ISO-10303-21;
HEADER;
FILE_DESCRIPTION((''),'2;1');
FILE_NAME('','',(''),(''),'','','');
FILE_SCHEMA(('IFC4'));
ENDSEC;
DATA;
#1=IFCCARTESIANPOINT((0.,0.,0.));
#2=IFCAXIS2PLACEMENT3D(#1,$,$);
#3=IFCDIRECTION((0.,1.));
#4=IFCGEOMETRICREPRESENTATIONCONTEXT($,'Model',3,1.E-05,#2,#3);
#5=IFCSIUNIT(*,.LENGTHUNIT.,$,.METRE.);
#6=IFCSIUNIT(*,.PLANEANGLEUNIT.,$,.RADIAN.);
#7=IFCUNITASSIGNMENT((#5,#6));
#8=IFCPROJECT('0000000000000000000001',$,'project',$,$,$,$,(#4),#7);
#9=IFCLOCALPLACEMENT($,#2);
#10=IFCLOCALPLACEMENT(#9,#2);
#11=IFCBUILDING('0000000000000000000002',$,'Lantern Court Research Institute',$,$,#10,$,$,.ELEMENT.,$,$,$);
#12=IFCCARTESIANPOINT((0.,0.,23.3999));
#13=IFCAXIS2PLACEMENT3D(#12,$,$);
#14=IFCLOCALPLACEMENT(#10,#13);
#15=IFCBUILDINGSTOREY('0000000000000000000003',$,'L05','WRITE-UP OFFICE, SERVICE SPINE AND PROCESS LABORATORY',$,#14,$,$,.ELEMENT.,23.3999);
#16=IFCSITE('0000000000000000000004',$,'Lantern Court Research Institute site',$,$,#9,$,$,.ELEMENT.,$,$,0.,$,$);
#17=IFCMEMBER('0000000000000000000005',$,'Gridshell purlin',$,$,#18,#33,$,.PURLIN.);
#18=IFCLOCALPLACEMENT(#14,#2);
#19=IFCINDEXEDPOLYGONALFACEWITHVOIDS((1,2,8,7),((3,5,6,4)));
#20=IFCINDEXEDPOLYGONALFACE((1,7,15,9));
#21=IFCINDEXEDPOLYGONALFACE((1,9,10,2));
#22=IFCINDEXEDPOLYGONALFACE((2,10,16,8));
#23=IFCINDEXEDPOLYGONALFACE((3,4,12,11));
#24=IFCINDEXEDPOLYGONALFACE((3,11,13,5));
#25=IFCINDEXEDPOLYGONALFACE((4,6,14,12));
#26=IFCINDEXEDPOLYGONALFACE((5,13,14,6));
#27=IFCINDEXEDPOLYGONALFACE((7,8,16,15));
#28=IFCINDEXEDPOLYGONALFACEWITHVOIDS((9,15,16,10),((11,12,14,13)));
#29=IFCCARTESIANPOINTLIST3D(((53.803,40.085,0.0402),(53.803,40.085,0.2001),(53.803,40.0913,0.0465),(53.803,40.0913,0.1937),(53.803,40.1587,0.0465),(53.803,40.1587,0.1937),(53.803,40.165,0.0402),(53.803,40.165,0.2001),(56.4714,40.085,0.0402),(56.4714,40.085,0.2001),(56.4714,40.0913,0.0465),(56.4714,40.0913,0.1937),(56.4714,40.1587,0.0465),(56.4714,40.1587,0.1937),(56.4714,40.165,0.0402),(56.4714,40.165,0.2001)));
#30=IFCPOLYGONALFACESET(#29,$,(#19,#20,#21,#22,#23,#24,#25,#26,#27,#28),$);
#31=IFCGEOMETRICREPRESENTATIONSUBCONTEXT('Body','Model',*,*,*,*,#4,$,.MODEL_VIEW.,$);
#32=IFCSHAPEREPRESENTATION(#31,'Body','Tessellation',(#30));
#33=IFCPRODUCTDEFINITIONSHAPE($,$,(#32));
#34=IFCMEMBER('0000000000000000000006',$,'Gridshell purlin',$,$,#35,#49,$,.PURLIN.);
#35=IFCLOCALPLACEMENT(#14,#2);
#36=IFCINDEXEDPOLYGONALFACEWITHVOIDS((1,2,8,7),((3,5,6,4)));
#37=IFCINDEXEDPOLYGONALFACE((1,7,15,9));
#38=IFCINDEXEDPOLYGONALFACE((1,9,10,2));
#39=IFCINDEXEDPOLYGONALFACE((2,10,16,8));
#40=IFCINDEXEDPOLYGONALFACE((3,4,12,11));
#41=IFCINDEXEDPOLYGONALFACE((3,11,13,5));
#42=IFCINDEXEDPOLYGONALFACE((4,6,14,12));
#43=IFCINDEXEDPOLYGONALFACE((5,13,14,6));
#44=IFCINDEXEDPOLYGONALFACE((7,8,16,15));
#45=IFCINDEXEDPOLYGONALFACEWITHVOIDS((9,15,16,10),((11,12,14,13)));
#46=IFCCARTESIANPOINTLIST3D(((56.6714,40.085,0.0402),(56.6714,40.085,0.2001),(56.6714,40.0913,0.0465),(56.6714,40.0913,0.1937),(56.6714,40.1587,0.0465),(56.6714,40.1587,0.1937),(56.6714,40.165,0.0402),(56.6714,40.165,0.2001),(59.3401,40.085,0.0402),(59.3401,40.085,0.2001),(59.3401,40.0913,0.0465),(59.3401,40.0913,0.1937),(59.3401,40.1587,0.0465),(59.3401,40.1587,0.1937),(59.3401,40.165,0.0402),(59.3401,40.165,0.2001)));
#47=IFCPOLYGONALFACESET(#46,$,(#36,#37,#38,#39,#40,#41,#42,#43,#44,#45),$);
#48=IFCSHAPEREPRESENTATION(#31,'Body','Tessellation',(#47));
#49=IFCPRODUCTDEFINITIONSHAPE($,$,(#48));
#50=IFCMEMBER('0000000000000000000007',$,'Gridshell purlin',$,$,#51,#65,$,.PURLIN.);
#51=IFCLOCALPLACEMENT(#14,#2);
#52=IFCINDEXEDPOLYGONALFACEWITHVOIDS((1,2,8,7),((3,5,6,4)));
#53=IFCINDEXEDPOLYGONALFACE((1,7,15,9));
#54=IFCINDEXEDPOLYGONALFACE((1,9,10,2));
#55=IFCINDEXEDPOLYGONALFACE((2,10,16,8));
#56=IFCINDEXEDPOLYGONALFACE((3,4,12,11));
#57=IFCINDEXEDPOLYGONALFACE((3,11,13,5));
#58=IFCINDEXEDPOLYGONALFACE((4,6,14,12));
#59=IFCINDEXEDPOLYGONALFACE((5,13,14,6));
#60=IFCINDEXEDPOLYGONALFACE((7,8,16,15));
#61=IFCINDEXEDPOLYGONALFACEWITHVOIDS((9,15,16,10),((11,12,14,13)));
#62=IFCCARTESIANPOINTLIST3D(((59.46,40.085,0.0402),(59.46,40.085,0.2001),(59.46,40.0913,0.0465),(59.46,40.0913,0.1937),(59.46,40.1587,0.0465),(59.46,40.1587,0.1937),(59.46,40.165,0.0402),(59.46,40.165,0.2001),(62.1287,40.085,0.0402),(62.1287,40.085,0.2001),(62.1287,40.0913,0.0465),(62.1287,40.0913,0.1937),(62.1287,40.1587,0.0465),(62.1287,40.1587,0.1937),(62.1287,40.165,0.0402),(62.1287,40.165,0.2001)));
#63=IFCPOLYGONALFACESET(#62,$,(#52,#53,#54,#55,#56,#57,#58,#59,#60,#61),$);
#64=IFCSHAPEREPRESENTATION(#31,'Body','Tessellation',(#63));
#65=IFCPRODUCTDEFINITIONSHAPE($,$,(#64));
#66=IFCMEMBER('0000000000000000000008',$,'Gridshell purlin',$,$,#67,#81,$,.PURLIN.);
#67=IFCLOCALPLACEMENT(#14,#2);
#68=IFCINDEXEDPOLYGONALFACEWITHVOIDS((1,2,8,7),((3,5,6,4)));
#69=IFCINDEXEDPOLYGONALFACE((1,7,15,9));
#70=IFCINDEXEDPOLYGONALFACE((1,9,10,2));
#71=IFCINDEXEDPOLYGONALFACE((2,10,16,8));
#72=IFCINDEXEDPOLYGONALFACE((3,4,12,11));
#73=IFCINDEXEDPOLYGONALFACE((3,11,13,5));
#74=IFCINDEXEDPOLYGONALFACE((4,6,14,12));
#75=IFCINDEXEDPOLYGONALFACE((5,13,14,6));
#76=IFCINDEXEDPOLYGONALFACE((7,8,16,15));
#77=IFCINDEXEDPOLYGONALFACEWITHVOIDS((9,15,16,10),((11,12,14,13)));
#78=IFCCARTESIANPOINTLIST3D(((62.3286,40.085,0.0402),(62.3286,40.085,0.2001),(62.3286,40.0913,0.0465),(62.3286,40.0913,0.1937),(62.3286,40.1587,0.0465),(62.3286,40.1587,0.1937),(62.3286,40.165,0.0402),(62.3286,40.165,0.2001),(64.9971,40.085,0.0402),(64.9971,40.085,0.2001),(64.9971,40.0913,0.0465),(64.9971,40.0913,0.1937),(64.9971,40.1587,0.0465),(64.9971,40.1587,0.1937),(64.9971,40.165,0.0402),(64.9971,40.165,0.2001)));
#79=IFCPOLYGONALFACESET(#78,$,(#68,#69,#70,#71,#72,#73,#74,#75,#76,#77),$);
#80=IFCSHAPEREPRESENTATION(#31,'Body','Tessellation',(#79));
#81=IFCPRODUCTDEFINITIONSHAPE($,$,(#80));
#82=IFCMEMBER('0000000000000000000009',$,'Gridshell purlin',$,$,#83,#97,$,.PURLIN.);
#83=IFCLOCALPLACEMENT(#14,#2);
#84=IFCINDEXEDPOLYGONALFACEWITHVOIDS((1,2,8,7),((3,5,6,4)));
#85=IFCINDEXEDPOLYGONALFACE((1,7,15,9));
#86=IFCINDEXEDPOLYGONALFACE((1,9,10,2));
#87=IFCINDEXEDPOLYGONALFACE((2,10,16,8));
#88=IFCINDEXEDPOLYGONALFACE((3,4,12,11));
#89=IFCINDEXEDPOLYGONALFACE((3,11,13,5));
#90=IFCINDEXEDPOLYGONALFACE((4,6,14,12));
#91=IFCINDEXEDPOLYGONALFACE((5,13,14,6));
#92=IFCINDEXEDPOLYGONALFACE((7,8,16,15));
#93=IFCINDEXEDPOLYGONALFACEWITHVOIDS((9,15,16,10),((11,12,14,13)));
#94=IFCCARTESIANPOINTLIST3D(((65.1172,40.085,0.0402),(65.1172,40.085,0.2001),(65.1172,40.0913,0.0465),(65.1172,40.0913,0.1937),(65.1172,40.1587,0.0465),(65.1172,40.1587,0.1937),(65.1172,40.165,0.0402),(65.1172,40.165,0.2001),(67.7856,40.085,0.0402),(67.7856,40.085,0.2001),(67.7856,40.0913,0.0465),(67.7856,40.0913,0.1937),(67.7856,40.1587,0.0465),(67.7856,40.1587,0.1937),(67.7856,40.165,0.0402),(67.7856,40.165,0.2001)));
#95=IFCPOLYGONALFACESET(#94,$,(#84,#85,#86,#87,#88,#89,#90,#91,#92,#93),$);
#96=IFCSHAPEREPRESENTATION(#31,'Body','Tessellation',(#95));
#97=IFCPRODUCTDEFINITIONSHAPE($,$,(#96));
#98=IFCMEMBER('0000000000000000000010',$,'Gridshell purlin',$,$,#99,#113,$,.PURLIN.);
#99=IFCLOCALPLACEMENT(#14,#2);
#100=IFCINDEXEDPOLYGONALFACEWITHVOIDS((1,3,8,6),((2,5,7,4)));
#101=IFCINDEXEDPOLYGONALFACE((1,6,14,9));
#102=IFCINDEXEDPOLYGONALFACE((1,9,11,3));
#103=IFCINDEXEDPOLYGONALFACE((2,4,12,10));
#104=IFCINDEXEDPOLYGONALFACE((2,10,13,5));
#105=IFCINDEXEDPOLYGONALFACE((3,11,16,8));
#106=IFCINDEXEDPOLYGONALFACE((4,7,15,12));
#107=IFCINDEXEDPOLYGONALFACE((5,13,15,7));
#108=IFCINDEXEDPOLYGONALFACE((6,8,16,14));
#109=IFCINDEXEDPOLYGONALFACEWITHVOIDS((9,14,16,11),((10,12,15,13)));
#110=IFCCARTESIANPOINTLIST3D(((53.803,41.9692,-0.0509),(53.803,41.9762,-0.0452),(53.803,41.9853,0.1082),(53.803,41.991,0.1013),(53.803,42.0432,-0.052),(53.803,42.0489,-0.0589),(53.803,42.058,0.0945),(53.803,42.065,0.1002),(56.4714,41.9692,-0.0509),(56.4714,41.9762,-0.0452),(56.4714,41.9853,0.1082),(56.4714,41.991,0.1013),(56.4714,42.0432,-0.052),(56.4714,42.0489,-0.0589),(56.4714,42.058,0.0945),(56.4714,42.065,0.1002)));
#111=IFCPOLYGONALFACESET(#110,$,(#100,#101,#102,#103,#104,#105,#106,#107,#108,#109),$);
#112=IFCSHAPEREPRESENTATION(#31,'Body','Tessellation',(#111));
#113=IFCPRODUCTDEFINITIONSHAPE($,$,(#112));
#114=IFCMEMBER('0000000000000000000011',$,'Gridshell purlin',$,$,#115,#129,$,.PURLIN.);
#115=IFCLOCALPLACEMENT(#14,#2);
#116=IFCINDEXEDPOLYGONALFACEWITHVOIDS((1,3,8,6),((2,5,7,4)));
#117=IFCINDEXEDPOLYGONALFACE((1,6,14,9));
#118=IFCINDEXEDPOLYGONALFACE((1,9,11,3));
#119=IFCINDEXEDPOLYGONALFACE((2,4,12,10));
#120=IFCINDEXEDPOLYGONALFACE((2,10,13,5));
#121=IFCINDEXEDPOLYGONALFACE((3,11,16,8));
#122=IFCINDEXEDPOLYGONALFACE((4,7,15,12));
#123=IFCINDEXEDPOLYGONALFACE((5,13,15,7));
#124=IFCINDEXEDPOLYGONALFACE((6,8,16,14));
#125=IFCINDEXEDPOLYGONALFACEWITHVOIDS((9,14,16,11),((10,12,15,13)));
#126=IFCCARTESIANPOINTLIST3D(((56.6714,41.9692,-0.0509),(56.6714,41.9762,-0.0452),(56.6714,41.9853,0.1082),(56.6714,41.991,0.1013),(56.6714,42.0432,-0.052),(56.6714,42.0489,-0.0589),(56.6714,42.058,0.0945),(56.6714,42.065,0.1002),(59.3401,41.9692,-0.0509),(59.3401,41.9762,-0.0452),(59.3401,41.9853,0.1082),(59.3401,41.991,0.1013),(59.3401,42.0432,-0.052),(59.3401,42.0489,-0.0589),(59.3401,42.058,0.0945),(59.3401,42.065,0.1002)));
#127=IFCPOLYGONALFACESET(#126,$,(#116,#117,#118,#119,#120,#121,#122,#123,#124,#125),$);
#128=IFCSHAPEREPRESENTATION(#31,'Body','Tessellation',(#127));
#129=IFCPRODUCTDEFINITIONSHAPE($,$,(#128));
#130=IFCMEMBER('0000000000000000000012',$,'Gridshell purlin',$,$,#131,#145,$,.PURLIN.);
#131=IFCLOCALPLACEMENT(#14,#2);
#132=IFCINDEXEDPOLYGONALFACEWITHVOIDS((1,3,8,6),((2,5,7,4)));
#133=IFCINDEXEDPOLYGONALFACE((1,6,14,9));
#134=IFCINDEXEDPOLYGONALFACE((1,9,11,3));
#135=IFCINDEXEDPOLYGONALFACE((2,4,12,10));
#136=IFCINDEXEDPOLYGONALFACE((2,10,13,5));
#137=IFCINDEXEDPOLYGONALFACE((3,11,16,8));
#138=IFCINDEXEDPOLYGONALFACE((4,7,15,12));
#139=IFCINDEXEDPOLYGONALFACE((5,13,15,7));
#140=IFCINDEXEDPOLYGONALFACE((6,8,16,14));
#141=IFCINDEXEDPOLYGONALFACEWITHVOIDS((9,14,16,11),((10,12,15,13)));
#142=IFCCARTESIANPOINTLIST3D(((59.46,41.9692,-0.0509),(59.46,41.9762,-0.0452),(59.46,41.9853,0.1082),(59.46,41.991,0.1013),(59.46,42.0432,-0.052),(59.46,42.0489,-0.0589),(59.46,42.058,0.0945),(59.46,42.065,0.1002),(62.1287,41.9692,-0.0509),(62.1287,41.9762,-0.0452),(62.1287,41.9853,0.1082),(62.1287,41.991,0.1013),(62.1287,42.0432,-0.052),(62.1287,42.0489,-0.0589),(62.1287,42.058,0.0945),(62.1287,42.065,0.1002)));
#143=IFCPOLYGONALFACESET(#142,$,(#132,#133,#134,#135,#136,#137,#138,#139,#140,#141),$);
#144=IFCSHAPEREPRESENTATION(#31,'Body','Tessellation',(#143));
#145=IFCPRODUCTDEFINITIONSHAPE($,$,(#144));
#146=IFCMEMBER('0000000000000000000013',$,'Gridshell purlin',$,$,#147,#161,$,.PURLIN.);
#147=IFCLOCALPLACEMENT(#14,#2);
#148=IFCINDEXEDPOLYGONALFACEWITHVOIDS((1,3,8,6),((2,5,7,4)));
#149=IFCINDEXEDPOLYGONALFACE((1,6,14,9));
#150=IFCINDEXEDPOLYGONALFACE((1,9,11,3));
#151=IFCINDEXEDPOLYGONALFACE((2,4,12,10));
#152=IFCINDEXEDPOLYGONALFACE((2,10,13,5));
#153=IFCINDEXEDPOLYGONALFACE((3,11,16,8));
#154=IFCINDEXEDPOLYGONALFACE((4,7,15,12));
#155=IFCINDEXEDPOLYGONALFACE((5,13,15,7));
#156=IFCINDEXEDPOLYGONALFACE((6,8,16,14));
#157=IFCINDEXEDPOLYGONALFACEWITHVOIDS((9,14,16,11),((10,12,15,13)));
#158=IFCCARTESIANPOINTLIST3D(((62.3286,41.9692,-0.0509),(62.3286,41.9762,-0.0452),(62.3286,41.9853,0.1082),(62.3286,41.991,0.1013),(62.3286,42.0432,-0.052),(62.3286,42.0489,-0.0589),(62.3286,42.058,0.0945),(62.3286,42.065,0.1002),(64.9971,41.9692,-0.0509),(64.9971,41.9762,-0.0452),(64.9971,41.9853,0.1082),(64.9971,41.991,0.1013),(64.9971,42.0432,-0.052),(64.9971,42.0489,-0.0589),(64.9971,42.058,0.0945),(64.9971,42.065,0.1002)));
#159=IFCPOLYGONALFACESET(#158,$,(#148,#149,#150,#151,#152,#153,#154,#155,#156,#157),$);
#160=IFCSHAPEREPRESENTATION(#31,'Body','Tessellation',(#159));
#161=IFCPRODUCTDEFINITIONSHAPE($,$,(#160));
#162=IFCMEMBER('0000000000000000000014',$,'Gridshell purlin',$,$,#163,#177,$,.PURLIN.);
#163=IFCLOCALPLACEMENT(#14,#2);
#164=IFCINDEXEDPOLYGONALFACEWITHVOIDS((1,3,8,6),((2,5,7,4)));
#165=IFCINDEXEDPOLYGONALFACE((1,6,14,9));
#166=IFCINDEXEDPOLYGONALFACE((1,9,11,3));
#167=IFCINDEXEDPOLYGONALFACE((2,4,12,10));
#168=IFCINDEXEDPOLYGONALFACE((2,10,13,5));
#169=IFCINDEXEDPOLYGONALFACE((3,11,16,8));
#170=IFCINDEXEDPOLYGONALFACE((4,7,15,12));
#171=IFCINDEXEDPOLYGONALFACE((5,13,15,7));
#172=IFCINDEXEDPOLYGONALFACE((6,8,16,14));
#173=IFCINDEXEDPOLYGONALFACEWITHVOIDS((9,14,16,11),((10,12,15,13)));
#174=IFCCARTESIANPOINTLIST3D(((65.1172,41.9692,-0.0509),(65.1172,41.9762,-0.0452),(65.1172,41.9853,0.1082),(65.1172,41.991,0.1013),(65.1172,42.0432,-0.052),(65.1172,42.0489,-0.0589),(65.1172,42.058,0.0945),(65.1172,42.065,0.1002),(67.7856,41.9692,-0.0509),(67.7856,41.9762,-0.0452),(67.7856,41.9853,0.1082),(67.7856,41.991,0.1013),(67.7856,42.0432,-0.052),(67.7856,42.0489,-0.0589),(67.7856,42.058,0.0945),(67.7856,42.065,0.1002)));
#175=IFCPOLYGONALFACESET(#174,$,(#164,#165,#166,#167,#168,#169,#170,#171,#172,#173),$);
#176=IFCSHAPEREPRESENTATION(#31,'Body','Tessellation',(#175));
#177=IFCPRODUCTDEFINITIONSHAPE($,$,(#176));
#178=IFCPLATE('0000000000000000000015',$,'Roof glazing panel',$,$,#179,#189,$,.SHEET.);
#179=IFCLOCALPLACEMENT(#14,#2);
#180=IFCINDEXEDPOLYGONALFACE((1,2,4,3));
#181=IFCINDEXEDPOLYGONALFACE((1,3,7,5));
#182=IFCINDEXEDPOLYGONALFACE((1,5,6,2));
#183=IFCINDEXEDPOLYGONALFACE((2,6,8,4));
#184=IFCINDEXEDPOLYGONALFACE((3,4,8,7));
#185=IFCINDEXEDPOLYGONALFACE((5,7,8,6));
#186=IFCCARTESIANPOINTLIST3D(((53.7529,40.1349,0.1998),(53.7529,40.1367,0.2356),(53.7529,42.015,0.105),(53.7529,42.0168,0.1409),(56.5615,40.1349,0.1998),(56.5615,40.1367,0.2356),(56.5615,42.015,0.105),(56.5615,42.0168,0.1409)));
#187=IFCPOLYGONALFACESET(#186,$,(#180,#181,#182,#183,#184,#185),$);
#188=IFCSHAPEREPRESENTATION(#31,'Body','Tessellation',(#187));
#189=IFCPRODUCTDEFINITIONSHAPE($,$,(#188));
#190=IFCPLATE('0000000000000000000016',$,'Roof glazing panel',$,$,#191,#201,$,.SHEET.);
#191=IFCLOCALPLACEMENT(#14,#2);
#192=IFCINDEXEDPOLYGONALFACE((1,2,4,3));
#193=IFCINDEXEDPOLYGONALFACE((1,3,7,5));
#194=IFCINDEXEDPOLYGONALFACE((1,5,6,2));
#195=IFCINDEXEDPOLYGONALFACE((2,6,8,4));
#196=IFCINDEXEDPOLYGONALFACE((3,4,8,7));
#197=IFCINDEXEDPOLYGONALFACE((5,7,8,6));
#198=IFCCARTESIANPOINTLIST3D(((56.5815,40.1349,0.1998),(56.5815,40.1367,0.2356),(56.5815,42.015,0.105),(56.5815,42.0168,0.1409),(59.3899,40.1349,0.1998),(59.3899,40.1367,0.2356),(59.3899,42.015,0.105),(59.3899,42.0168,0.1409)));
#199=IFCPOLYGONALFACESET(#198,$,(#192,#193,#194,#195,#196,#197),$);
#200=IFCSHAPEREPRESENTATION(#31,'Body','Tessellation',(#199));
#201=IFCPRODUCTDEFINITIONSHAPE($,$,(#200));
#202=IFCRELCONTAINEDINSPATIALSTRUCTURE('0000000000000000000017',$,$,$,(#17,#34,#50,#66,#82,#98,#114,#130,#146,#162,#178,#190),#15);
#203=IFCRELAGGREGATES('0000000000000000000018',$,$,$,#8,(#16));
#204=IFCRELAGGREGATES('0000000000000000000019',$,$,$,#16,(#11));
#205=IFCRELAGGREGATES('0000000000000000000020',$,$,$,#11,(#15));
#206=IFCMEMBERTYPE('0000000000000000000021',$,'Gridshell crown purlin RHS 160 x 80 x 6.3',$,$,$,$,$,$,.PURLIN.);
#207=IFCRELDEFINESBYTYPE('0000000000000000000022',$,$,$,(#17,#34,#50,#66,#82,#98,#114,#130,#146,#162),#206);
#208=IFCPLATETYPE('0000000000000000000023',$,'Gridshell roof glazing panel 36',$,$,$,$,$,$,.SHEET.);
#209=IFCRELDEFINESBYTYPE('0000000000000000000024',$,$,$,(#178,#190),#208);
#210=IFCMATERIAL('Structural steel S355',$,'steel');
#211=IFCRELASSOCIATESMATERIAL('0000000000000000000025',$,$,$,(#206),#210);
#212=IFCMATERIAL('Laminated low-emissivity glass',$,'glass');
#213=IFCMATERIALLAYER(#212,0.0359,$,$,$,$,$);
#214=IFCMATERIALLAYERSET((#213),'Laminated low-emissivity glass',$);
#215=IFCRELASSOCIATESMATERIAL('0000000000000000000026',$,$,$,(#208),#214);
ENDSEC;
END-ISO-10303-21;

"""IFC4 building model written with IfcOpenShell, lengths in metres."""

from ifc_helpers import new_model, si_unit, direction, frame, origin, origin_2d, place, context, subcontext, project, spatial, polyline, hollow_rectangle, outline, extrude, material, layer, layer_set, material_profile, profile_set, type_object, element, save


model = new_model("IFC4")

# Units and contexts
model_context = context("Model", 3, precision=1e-05, world=origin(), true_north=direction((0.0, 1.0)))
body_context = subcontext(model_context, "Body", "Model", "MODEL_VIEW")
ifc_project = project(units=[si_unit("LENGTHUNIT", "METRE"), si_unit("PLANEANGLEUNIT", "RADIAN")], contexts=[model_context])

# Site, building, storey
site_placement = place(None, origin())
site = spatial("IfcSite", under=ifc_project, at=site_placement, Name="Lantern Court Research Institute site", CompositionType="ELEMENT", RefElevation=0.0)
building_placement = place(site_placement, origin())
building = spatial("IfcBuilding", under=site, at=building_placement, Name="Lantern Court Research Institute", CompositionType="ELEMENT")
storey_placement = place(building_placement, frame((0.0, 0.0, 23.3999)))
storey = spatial("IfcBuildingStorey", under=building, at=storey_placement, Name="L05", Description="WRITE-UP OFFICE, SERVICE SPINE AND PROCESS LABORATORY", CompositionType="ELEMENT", Elevation=23.3999)

# Members
ifc_material_1 = material(Name="Structural steel S355", Category="steel")
ifc_material_profile_1 = material_profile(ifc_material_1, hollow_rectangle(XDim=0.0801, YDim=0.1599, WallThickness=0.0063, at=origin_2d()), Name="Gridshell crown purlin RHS 160 x 80 x 6.3")
ifc_profile_set_1 = profile_set([ifc_material_profile_1], Name="Structural steel S355")
member_type = type_object("IfcMemberType", Name="Gridshell crown purlin RHS 160 x 80 x 6.3", PredefinedType="PURLIN", material=ifc_profile_set_1)
member_placement = place(storey_placement, frame((53.803, 40.125, 0.1201), z_axis=(1.0, 0.0, 0.0), x_axis=(0.0, 1.0, 0.0)))
element("IfcMember", 1, at=member_placement, inside=storey, type_object=member_type, Name="Gridshell purlin", PredefinedType="PURLIN", context=body_context, shape_type="SweptSolid", body=[
    extrude(hollow_rectangle(XDim=0.0801, YDim=0.1599, WallThickness=0.0063, at=origin_2d()), origin(), (0.0, 0.0, 1.0), 2.6685),
])
for number, where, z_axis, x_axis, name in (
    (2, (56.6714, 40.125, 0.1201), (1.0, 0.0, 0.0), (0.0, 1.0, 0.0), "Gridshell purlin"),
    (3, (59.46, 40.125, 0.1201), (1.0, 0.0, 0.0), (0.0, 1.0, 0.0), "Gridshell purlin"),
):
    element("IfcMember", number, at=place(storey_placement, frame(where, z_axis=z_axis, x_axis=x_axis)), inside=storey, type_object=member_type, Name=name, PredefinedType="PURLIN", context=body_context, shape_type="SweptSolid", body=[
        extrude(hollow_rectangle(XDim=0.0801, YDim=0.1599, WallThickness=0.0063, at=origin_2d()), origin(), (0.0, 0.0, 1.0), 2.6687),
    ])
for number, where, z_axis, x_axis, name in (
    (4, (62.3286, 40.125, 0.1201), (1.0, 0.0, 0.0), (0.0, 1.0, 0.0), "Gridshell purlin"),
    (5, (65.1172, 40.125, 0.1201), (1.0, 0.0, 0.0), (0.0, 1.0, 0.0), "Gridshell purlin"),
    (6, (53.803, 42.0171, 0.0247), (1.0, 0.0, 0.0), (0.0, 0.994934, -0.100531), "Gridshell purlin"),
):
    element("IfcMember", number, at=place(storey_placement, frame(where, z_axis=z_axis, x_axis=x_axis)), inside=storey, type_object=member_type, Name=name, PredefinedType="PURLIN", context=body_context, shape_type="SweptSolid", body=[
        extrude(hollow_rectangle(XDim=0.0801, YDim=0.1599, WallThickness=0.0063, at=origin_2d()), origin(), (0.0, 0.0, 1.0), 2.6685),
    ])
for number, where, z_axis, x_axis, name in (
    (7, (56.6714, 42.0171, 0.0247), (1.0, 0.0, 0.0), (0.0, 0.994934, -0.100531), "Gridshell purlin"),
    (8, (59.46, 42.0171, 0.0247), (1.0, 0.0, 0.0), (0.0, 0.994934, -0.100531), "Gridshell purlin"),
):
    element("IfcMember", number, at=place(storey_placement, frame(where, z_axis=z_axis, x_axis=x_axis)), inside=storey, type_object=member_type, Name=name, PredefinedType="PURLIN", context=body_context, shape_type="SweptSolid", body=[
        extrude(hollow_rectangle(XDim=0.0801, YDim=0.1599, WallThickness=0.0063, at=origin_2d()), origin(), (0.0, 0.0, 1.0), 2.6687),
    ])
for number, where, z_axis, x_axis, name in (
    (9, (62.3286, 42.0171, 0.0247), (1.0, 0.0, 0.0), (0.0, 0.994934, -0.100531), "Gridshell purlin"),
    (10, (65.1172, 42.0171, 0.0247), (1.0, 0.0, 0.0), (0.0, 0.994934, -0.100531), "Gridshell purlin"),
):
    element("IfcMember", number, at=place(storey_placement, frame(where, z_axis=z_axis, x_axis=x_axis)), inside=storey, type_object=member_type, Name=name, PredefinedType="PURLIN", context=body_context, shape_type="SweptSolid", body=[
        extrude(hollow_rectangle(XDim=0.0801, YDim=0.1599, WallThickness=0.0063, at=origin_2d()), origin(), (0.0, 0.0, 1.0), 2.6685),
    ])

# Plates
ifc_material_2 = material(Name="Laminated low-emissivity glass", Category="glass")
ifc_layer = layer(ifc_material_2, 0.0359)
ifc_layer_set = layer_set([ifc_layer], Name="Laminated low-emissivity glass")
plate_type = type_object("IfcPlateType", Name="Gridshell roof glazing panel 36", PredefinedType="SHEET", material=ifc_layer_set)
plate_1_placement = place(storey_placement, frame((56.5615, 40.1367, 0.2356), z_axis=(0.0, 0.050319, 0.998733), x_axis=(-1.0, 0.0, 0.0)))
element("IfcPlate", 11, at=plate_1_placement, inside=storey, type_object=plate_type, Name="Roof glazing panel", PredefinedType="SHEET", context=body_context, shape_type="SweptSolid", body=[
    extrude(outline(polyline([(0.0, 0.0), (2.8086, 0.0), (2.8086, -1.8825), (0.0, -1.8825), (0.0, 0.0)])), origin(), (0.0, 0.0, -1.0), 0.0359),
])
plate_2_placement = place(storey_placement, frame((59.3899, 40.1367, 0.2356), z_axis=(0.0, 0.050319, 0.998733), x_axis=(-1.0, 0.0, 0.0)))
element("IfcPlate", 12, at=plate_2_placement, inside=storey, type_object=plate_type, Name="Roof glazing panel", PredefinedType="SHEET", context=body_context, shape_type="SweptSolid", body=[
    extrude(outline(polyline([(0.0, 0.0), (2.8083, 0.0), (2.8083, -1.8825), (0.0, -1.8825), (0.0, 0.0)])), origin(), (0.0, 0.0, -1.0), 0.0359),
])

save(model, "model.ifc")
